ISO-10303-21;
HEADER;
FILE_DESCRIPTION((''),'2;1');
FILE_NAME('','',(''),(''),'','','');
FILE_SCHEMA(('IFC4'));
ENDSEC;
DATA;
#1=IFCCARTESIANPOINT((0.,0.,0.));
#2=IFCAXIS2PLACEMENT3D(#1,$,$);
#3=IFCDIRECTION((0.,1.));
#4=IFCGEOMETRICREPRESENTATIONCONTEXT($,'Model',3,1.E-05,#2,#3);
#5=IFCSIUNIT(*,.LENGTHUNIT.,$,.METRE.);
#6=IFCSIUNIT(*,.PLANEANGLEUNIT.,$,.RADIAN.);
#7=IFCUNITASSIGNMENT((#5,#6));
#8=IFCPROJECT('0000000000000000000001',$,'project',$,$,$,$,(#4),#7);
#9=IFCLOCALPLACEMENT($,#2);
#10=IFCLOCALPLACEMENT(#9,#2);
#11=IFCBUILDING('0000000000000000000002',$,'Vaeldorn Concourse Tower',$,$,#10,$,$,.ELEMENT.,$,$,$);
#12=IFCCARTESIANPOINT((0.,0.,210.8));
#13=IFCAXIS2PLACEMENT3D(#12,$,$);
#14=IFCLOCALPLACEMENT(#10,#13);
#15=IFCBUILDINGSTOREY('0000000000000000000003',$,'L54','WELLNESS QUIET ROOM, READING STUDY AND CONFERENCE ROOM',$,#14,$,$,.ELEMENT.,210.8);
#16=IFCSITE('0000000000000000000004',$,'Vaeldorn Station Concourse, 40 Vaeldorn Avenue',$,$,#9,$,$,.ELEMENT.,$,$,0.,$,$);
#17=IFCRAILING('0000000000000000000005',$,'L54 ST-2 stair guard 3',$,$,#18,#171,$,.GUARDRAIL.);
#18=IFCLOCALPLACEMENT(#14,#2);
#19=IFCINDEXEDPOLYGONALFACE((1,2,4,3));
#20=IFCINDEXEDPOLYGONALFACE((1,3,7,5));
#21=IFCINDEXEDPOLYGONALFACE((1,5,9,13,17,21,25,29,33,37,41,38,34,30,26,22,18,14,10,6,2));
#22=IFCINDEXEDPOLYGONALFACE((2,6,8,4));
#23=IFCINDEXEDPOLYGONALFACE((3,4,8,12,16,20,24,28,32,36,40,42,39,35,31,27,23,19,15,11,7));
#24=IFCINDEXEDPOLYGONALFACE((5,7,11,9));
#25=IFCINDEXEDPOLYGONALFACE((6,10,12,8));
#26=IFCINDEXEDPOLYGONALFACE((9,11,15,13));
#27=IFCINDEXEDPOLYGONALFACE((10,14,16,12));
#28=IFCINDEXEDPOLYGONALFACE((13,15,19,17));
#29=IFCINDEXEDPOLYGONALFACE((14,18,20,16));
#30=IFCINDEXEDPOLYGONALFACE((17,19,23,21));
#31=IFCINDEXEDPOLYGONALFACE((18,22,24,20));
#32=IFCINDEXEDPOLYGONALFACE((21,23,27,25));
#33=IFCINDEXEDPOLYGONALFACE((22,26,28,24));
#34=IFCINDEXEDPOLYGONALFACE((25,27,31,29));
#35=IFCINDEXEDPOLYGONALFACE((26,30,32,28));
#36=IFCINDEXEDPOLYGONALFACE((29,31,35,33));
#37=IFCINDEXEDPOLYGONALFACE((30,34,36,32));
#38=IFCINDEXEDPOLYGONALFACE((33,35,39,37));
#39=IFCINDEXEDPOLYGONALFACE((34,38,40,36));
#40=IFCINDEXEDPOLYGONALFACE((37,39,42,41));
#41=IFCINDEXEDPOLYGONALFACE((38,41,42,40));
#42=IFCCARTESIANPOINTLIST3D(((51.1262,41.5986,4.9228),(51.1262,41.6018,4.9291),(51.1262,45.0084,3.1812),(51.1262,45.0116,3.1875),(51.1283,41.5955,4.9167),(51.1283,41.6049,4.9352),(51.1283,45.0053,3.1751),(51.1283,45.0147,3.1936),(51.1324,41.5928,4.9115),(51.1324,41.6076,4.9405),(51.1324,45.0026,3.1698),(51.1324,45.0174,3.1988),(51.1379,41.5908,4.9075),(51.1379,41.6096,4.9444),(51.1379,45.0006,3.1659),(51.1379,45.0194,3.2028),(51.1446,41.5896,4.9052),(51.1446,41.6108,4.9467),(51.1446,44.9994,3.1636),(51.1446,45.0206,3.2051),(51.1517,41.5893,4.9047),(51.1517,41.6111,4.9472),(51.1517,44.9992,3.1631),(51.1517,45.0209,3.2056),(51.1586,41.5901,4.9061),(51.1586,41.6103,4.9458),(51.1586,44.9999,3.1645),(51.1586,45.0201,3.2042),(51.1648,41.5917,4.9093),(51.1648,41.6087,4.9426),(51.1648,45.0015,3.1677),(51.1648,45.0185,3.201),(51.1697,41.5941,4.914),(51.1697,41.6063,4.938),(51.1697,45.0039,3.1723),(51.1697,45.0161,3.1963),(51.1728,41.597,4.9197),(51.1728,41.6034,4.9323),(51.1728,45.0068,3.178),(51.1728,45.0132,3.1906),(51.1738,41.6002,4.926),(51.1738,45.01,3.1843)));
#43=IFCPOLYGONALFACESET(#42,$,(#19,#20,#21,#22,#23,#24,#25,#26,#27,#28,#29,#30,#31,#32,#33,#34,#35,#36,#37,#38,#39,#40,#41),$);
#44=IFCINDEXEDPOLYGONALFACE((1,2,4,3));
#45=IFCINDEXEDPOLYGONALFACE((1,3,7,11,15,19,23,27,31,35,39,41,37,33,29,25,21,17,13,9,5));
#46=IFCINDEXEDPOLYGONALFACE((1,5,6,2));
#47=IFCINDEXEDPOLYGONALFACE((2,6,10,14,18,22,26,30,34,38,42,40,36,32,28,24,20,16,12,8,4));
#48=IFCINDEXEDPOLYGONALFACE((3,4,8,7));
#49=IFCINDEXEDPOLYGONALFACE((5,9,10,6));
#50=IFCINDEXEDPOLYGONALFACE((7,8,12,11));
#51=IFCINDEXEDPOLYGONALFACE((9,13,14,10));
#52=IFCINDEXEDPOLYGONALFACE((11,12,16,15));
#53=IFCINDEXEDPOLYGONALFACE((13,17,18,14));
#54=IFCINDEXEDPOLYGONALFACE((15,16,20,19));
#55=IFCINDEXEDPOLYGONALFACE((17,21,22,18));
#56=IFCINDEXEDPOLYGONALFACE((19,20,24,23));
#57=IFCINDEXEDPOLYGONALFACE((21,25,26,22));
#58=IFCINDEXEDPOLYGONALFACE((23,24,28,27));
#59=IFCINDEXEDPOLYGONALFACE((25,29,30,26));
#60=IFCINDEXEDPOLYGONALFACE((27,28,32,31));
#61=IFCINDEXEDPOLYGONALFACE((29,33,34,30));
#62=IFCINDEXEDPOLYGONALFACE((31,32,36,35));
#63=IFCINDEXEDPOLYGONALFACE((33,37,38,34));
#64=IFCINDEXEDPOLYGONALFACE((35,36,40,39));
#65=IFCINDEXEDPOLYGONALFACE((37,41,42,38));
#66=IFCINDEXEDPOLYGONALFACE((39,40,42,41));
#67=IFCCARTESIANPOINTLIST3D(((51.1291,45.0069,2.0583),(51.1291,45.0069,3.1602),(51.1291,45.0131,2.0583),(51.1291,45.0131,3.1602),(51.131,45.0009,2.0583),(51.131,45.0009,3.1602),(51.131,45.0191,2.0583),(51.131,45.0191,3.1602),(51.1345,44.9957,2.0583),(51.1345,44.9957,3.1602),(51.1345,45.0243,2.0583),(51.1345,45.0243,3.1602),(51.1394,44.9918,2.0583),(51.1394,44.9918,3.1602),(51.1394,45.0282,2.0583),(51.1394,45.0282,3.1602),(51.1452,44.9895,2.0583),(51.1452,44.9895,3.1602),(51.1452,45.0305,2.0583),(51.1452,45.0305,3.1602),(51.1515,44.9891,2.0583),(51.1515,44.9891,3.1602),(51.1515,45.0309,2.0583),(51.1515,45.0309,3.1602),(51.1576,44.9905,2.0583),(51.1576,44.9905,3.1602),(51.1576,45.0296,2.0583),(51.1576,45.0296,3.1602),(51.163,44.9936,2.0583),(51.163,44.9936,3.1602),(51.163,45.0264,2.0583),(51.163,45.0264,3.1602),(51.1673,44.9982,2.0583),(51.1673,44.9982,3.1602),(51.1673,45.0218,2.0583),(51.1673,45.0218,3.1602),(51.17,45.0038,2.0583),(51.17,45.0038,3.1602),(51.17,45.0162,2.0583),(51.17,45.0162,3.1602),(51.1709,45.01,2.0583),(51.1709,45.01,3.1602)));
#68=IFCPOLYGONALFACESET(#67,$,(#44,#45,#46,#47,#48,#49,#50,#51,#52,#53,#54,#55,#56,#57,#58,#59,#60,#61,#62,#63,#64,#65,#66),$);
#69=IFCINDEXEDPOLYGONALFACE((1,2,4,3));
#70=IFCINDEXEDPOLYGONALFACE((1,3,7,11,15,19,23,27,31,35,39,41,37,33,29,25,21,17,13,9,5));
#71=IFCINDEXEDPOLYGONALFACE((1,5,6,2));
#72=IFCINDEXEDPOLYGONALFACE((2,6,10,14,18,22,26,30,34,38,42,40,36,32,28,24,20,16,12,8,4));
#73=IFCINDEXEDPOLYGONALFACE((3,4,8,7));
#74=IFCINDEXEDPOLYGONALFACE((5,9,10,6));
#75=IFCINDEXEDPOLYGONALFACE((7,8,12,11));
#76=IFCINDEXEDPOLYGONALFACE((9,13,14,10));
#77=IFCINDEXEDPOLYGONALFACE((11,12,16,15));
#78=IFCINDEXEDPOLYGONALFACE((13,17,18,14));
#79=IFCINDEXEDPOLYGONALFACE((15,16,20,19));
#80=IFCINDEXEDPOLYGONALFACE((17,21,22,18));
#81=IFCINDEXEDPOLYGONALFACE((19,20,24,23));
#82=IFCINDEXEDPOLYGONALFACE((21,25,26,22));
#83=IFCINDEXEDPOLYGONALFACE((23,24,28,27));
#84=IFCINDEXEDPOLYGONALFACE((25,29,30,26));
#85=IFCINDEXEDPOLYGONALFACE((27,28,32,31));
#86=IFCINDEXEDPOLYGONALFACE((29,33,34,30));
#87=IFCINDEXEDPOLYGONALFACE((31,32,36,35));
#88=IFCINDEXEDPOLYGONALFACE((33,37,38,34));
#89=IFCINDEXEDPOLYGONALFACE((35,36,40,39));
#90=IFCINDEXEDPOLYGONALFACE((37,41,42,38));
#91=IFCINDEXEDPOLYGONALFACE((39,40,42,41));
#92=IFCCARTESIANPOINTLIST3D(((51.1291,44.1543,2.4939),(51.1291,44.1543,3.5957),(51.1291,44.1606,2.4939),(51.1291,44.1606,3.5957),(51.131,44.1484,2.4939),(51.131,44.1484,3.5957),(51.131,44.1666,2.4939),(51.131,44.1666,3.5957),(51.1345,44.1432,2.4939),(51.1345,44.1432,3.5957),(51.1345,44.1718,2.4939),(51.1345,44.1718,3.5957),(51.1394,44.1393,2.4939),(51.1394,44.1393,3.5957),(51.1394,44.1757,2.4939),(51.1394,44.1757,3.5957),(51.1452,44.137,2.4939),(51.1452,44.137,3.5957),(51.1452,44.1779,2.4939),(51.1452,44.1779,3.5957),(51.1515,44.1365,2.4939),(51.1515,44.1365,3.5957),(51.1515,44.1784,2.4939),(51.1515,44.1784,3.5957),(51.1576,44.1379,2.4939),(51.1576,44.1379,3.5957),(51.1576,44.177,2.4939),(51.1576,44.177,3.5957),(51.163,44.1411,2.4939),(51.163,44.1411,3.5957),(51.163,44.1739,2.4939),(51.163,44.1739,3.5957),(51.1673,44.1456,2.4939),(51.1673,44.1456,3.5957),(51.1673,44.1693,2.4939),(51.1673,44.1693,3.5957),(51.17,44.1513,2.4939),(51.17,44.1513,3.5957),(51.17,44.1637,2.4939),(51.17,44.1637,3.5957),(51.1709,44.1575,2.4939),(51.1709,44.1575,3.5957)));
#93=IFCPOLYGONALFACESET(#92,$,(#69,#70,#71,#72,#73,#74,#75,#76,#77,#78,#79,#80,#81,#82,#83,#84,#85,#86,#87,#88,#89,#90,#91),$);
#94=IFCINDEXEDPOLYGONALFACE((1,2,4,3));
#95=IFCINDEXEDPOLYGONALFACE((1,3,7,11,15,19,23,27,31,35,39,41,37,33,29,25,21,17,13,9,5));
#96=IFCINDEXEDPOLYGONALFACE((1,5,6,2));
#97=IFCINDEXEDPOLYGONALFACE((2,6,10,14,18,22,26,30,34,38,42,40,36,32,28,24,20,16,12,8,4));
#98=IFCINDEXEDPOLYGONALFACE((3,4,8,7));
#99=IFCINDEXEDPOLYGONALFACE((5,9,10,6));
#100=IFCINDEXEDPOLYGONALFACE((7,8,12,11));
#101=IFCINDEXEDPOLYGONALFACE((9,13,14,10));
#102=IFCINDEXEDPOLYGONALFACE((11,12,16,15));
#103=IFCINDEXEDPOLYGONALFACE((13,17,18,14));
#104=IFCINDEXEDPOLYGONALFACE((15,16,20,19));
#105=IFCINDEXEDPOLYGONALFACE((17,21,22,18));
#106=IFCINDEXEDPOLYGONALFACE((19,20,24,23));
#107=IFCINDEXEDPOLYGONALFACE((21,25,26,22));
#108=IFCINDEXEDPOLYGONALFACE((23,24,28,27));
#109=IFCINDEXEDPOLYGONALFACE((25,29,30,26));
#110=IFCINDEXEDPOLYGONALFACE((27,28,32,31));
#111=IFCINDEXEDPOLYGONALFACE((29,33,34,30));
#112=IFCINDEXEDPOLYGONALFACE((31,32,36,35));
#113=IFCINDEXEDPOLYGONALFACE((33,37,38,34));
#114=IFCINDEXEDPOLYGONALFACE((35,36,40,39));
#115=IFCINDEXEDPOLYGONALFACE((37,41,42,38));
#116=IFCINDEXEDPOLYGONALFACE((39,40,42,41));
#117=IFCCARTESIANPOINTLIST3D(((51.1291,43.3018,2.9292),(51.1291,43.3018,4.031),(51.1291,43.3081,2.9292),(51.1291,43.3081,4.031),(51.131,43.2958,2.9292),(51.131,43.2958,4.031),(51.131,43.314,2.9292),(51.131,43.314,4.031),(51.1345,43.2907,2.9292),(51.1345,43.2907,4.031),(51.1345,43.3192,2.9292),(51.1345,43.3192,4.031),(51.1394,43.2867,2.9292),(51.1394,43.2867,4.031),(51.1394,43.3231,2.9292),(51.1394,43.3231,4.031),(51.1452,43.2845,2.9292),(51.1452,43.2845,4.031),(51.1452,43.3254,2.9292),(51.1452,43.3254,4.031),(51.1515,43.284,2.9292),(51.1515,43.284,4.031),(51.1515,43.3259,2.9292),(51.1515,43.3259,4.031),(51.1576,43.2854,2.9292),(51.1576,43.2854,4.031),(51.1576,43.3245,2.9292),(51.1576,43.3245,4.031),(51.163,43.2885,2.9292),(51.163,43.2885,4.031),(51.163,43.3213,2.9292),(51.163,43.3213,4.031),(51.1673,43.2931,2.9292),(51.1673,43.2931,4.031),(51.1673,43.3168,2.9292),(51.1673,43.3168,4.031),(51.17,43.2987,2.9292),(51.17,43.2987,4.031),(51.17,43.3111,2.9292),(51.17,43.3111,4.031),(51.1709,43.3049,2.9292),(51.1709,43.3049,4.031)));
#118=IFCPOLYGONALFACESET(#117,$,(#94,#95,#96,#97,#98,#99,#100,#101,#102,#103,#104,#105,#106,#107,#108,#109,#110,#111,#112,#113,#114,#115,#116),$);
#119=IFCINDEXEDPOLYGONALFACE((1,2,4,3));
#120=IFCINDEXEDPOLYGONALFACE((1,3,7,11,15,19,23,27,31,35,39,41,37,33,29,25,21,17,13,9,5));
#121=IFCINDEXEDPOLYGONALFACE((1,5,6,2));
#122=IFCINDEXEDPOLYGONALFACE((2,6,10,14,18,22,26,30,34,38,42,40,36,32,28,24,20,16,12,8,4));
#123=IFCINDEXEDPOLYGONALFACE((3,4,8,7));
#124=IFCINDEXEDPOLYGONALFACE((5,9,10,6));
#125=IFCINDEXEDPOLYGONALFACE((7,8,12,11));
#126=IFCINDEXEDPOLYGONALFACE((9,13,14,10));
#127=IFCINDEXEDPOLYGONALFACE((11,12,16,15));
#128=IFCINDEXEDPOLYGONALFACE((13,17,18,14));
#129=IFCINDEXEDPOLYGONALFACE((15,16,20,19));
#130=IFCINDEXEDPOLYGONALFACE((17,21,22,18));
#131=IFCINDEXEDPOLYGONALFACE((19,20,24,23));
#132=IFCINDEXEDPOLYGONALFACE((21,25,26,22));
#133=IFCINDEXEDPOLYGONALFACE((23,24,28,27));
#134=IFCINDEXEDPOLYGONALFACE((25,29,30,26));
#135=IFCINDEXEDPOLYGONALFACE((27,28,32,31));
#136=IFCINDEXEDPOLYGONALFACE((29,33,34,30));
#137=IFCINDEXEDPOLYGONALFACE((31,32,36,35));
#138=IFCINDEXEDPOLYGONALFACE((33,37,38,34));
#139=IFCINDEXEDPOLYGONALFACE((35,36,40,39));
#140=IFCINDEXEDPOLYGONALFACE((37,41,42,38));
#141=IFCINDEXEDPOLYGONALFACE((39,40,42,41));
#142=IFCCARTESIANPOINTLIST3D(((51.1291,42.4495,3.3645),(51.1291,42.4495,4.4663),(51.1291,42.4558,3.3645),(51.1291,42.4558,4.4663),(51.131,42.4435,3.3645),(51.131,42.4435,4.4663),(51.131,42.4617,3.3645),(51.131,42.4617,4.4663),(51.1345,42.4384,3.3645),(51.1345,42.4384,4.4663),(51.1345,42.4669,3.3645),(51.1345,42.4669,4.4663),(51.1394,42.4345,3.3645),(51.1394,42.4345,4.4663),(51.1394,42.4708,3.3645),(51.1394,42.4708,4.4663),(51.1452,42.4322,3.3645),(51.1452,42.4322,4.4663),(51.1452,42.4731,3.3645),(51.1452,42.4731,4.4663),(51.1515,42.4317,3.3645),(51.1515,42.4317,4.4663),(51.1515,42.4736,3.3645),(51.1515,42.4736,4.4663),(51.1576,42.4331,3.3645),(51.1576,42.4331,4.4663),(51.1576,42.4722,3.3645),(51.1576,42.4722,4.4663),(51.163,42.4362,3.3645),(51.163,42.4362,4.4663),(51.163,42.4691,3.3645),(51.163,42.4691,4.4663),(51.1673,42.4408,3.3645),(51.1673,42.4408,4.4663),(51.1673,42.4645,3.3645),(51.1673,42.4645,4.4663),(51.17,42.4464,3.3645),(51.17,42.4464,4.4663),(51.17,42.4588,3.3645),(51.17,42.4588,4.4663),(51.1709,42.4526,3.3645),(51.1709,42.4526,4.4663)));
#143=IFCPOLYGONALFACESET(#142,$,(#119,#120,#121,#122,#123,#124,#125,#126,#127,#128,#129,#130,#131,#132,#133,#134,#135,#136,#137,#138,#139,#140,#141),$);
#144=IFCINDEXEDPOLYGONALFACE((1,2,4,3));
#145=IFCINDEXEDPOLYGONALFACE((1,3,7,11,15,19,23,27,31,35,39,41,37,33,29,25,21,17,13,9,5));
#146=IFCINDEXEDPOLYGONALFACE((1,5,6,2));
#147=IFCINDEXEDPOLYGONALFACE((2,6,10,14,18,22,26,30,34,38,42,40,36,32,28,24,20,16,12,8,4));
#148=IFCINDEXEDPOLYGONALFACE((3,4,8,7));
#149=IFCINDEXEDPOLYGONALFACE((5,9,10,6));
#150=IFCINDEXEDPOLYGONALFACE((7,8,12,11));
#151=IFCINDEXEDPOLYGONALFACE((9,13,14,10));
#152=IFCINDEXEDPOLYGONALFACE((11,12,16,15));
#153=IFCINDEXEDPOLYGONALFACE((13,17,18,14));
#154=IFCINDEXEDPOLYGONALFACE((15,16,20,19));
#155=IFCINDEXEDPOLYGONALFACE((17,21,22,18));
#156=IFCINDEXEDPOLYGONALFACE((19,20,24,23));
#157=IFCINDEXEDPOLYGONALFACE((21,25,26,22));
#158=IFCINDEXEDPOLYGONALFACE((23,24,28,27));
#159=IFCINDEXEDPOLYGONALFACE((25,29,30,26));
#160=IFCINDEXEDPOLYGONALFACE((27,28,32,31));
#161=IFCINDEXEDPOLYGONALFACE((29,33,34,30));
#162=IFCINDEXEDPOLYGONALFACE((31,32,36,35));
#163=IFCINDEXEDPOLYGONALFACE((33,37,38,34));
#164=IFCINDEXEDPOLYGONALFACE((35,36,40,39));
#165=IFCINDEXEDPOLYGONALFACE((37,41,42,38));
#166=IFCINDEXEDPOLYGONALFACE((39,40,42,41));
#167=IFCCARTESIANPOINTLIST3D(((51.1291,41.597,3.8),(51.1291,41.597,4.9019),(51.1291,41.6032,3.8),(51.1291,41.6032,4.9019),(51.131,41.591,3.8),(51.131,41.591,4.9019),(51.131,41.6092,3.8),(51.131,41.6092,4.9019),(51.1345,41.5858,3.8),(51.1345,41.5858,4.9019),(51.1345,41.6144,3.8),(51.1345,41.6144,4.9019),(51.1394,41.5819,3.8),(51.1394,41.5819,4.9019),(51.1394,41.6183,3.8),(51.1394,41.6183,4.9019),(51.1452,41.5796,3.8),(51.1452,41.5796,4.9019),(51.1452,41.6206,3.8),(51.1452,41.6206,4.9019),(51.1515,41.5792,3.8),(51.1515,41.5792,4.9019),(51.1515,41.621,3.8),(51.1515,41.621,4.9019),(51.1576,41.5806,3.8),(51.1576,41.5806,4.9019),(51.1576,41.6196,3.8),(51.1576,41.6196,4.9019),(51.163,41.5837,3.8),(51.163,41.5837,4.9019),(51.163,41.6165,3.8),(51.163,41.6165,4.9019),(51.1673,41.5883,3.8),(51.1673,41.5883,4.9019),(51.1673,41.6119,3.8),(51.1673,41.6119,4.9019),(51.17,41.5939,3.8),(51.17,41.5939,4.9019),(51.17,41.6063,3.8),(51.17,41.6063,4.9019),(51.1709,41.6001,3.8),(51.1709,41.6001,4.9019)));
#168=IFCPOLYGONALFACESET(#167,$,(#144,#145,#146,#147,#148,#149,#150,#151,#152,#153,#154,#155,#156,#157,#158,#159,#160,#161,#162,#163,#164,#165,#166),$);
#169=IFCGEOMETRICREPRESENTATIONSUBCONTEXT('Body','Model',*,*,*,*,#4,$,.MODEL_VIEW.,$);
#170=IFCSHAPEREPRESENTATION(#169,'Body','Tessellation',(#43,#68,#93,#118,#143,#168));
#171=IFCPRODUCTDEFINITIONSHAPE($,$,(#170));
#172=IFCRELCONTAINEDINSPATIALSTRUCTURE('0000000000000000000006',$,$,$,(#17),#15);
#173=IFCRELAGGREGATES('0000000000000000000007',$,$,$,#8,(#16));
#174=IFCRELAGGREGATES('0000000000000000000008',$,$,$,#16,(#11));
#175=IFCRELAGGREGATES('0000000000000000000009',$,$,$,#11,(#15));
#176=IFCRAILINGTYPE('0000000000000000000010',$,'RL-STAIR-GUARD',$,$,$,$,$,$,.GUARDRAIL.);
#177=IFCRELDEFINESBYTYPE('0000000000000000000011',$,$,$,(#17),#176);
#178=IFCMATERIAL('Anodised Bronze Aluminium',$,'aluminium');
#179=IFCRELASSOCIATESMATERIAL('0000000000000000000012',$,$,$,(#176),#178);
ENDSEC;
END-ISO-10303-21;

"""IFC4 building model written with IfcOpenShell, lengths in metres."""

from ifc_helpers import new_model, si_unit, direction, frame, origin, origin_2d, place, context, subcontext, project, spatial, circle, extrude, material, type_object, element, save


model = new_model("IFC4")

# Units and contexts
model_context = context("Model", 3, precision=1e-05, world=origin(), true_north=direction((0.0, 1.0)))
body_context = subcontext(model_context, "Body", "Model", "MODEL_VIEW")
ifc_project = project(units=[si_unit("LENGTHUNIT", "METRE"), si_unit("PLANEANGLEUNIT", "RADIAN")], contexts=[model_context])

# Site, building, storey
site_placement = place(None, origin())
site = spatial("IfcSite", under=ifc_project, at=site_placement, Name="Vaeldorn Station Concourse, 40 Vaeldorn Avenue", CompositionType="ELEMENT", RefElevation=0.0)
building_placement = place(site_placement, origin())
building = spatial("IfcBuilding", under=site, at=building_placement, Name="Vaeldorn Concourse Tower", CompositionType="ELEMENT")
storey_placement = place(building_placement, frame((0.0, 0.0, 210.8)))
storey = spatial("IfcBuildingStorey", under=building, at=storey_placement, Name="L54", Description="WELLNESS QUIET ROOM, READING STUDY AND CONFERENCE ROOM", CompositionType="ELEMENT", Elevation=210.8)

# Shared definitions
ifc_material_1 = material(Name="Anodised Bronze Aluminium", Category="aluminium")

# Railing
railing_type_1 = type_object("IfcRailingType", Name="RL-STAIR-GUARD", PredefinedType="GUARDRAIL", material=ifc_material_1)
railing_1_placement = place(storey_placement, frame((51.1499, 45.01, 2.0583)))
element("IfcRailing", 1, at=railing_1_placement, inside=storey, type_object=railing_type_1, Name="L54 ST-2 stair guard 3", PredefinedType="GUARDRAIL", context=body_context, shape_type="SweptSolid", body=[
    extrude(circle(Radius=0.0239, at=origin_2d()), frame((0.0, 0.0, 1.126), z_axis=(0.0, -0.890556, 0.454874), x_axis=(1.0, 0.0, 0.0)), (0.0, 0.0, 1.0), 3.8289),
    extrude(circle(Radius=0.021, at=origin_2d()), origin(), (0.0, 0.0, 1.0), 1.1018),
    extrude(circle(Radius=0.021, at=origin_2d()), frame((0.0, -0.8525, 0.4355)), (0.0, 0.0, 1.0), 1.1018),
    extrude(circle(Radius=0.021, at=origin_2d()), frame((0.0, -1.7051, 0.8708)), (0.0, 0.0, 1.0), 1.1018),
    extrude(circle(Radius=0.021, at=origin_2d()), frame((0.0, -2.5574, 1.3062)), (0.0, 0.0, 1.0), 1.1018),
    extrude(circle(Radius=0.021, at=origin_2d()), frame((0.0, -3.4099, 1.7417)), (0.0, 0.0, 1.0), 1.1018),
])

save(model, "model.ifc")
